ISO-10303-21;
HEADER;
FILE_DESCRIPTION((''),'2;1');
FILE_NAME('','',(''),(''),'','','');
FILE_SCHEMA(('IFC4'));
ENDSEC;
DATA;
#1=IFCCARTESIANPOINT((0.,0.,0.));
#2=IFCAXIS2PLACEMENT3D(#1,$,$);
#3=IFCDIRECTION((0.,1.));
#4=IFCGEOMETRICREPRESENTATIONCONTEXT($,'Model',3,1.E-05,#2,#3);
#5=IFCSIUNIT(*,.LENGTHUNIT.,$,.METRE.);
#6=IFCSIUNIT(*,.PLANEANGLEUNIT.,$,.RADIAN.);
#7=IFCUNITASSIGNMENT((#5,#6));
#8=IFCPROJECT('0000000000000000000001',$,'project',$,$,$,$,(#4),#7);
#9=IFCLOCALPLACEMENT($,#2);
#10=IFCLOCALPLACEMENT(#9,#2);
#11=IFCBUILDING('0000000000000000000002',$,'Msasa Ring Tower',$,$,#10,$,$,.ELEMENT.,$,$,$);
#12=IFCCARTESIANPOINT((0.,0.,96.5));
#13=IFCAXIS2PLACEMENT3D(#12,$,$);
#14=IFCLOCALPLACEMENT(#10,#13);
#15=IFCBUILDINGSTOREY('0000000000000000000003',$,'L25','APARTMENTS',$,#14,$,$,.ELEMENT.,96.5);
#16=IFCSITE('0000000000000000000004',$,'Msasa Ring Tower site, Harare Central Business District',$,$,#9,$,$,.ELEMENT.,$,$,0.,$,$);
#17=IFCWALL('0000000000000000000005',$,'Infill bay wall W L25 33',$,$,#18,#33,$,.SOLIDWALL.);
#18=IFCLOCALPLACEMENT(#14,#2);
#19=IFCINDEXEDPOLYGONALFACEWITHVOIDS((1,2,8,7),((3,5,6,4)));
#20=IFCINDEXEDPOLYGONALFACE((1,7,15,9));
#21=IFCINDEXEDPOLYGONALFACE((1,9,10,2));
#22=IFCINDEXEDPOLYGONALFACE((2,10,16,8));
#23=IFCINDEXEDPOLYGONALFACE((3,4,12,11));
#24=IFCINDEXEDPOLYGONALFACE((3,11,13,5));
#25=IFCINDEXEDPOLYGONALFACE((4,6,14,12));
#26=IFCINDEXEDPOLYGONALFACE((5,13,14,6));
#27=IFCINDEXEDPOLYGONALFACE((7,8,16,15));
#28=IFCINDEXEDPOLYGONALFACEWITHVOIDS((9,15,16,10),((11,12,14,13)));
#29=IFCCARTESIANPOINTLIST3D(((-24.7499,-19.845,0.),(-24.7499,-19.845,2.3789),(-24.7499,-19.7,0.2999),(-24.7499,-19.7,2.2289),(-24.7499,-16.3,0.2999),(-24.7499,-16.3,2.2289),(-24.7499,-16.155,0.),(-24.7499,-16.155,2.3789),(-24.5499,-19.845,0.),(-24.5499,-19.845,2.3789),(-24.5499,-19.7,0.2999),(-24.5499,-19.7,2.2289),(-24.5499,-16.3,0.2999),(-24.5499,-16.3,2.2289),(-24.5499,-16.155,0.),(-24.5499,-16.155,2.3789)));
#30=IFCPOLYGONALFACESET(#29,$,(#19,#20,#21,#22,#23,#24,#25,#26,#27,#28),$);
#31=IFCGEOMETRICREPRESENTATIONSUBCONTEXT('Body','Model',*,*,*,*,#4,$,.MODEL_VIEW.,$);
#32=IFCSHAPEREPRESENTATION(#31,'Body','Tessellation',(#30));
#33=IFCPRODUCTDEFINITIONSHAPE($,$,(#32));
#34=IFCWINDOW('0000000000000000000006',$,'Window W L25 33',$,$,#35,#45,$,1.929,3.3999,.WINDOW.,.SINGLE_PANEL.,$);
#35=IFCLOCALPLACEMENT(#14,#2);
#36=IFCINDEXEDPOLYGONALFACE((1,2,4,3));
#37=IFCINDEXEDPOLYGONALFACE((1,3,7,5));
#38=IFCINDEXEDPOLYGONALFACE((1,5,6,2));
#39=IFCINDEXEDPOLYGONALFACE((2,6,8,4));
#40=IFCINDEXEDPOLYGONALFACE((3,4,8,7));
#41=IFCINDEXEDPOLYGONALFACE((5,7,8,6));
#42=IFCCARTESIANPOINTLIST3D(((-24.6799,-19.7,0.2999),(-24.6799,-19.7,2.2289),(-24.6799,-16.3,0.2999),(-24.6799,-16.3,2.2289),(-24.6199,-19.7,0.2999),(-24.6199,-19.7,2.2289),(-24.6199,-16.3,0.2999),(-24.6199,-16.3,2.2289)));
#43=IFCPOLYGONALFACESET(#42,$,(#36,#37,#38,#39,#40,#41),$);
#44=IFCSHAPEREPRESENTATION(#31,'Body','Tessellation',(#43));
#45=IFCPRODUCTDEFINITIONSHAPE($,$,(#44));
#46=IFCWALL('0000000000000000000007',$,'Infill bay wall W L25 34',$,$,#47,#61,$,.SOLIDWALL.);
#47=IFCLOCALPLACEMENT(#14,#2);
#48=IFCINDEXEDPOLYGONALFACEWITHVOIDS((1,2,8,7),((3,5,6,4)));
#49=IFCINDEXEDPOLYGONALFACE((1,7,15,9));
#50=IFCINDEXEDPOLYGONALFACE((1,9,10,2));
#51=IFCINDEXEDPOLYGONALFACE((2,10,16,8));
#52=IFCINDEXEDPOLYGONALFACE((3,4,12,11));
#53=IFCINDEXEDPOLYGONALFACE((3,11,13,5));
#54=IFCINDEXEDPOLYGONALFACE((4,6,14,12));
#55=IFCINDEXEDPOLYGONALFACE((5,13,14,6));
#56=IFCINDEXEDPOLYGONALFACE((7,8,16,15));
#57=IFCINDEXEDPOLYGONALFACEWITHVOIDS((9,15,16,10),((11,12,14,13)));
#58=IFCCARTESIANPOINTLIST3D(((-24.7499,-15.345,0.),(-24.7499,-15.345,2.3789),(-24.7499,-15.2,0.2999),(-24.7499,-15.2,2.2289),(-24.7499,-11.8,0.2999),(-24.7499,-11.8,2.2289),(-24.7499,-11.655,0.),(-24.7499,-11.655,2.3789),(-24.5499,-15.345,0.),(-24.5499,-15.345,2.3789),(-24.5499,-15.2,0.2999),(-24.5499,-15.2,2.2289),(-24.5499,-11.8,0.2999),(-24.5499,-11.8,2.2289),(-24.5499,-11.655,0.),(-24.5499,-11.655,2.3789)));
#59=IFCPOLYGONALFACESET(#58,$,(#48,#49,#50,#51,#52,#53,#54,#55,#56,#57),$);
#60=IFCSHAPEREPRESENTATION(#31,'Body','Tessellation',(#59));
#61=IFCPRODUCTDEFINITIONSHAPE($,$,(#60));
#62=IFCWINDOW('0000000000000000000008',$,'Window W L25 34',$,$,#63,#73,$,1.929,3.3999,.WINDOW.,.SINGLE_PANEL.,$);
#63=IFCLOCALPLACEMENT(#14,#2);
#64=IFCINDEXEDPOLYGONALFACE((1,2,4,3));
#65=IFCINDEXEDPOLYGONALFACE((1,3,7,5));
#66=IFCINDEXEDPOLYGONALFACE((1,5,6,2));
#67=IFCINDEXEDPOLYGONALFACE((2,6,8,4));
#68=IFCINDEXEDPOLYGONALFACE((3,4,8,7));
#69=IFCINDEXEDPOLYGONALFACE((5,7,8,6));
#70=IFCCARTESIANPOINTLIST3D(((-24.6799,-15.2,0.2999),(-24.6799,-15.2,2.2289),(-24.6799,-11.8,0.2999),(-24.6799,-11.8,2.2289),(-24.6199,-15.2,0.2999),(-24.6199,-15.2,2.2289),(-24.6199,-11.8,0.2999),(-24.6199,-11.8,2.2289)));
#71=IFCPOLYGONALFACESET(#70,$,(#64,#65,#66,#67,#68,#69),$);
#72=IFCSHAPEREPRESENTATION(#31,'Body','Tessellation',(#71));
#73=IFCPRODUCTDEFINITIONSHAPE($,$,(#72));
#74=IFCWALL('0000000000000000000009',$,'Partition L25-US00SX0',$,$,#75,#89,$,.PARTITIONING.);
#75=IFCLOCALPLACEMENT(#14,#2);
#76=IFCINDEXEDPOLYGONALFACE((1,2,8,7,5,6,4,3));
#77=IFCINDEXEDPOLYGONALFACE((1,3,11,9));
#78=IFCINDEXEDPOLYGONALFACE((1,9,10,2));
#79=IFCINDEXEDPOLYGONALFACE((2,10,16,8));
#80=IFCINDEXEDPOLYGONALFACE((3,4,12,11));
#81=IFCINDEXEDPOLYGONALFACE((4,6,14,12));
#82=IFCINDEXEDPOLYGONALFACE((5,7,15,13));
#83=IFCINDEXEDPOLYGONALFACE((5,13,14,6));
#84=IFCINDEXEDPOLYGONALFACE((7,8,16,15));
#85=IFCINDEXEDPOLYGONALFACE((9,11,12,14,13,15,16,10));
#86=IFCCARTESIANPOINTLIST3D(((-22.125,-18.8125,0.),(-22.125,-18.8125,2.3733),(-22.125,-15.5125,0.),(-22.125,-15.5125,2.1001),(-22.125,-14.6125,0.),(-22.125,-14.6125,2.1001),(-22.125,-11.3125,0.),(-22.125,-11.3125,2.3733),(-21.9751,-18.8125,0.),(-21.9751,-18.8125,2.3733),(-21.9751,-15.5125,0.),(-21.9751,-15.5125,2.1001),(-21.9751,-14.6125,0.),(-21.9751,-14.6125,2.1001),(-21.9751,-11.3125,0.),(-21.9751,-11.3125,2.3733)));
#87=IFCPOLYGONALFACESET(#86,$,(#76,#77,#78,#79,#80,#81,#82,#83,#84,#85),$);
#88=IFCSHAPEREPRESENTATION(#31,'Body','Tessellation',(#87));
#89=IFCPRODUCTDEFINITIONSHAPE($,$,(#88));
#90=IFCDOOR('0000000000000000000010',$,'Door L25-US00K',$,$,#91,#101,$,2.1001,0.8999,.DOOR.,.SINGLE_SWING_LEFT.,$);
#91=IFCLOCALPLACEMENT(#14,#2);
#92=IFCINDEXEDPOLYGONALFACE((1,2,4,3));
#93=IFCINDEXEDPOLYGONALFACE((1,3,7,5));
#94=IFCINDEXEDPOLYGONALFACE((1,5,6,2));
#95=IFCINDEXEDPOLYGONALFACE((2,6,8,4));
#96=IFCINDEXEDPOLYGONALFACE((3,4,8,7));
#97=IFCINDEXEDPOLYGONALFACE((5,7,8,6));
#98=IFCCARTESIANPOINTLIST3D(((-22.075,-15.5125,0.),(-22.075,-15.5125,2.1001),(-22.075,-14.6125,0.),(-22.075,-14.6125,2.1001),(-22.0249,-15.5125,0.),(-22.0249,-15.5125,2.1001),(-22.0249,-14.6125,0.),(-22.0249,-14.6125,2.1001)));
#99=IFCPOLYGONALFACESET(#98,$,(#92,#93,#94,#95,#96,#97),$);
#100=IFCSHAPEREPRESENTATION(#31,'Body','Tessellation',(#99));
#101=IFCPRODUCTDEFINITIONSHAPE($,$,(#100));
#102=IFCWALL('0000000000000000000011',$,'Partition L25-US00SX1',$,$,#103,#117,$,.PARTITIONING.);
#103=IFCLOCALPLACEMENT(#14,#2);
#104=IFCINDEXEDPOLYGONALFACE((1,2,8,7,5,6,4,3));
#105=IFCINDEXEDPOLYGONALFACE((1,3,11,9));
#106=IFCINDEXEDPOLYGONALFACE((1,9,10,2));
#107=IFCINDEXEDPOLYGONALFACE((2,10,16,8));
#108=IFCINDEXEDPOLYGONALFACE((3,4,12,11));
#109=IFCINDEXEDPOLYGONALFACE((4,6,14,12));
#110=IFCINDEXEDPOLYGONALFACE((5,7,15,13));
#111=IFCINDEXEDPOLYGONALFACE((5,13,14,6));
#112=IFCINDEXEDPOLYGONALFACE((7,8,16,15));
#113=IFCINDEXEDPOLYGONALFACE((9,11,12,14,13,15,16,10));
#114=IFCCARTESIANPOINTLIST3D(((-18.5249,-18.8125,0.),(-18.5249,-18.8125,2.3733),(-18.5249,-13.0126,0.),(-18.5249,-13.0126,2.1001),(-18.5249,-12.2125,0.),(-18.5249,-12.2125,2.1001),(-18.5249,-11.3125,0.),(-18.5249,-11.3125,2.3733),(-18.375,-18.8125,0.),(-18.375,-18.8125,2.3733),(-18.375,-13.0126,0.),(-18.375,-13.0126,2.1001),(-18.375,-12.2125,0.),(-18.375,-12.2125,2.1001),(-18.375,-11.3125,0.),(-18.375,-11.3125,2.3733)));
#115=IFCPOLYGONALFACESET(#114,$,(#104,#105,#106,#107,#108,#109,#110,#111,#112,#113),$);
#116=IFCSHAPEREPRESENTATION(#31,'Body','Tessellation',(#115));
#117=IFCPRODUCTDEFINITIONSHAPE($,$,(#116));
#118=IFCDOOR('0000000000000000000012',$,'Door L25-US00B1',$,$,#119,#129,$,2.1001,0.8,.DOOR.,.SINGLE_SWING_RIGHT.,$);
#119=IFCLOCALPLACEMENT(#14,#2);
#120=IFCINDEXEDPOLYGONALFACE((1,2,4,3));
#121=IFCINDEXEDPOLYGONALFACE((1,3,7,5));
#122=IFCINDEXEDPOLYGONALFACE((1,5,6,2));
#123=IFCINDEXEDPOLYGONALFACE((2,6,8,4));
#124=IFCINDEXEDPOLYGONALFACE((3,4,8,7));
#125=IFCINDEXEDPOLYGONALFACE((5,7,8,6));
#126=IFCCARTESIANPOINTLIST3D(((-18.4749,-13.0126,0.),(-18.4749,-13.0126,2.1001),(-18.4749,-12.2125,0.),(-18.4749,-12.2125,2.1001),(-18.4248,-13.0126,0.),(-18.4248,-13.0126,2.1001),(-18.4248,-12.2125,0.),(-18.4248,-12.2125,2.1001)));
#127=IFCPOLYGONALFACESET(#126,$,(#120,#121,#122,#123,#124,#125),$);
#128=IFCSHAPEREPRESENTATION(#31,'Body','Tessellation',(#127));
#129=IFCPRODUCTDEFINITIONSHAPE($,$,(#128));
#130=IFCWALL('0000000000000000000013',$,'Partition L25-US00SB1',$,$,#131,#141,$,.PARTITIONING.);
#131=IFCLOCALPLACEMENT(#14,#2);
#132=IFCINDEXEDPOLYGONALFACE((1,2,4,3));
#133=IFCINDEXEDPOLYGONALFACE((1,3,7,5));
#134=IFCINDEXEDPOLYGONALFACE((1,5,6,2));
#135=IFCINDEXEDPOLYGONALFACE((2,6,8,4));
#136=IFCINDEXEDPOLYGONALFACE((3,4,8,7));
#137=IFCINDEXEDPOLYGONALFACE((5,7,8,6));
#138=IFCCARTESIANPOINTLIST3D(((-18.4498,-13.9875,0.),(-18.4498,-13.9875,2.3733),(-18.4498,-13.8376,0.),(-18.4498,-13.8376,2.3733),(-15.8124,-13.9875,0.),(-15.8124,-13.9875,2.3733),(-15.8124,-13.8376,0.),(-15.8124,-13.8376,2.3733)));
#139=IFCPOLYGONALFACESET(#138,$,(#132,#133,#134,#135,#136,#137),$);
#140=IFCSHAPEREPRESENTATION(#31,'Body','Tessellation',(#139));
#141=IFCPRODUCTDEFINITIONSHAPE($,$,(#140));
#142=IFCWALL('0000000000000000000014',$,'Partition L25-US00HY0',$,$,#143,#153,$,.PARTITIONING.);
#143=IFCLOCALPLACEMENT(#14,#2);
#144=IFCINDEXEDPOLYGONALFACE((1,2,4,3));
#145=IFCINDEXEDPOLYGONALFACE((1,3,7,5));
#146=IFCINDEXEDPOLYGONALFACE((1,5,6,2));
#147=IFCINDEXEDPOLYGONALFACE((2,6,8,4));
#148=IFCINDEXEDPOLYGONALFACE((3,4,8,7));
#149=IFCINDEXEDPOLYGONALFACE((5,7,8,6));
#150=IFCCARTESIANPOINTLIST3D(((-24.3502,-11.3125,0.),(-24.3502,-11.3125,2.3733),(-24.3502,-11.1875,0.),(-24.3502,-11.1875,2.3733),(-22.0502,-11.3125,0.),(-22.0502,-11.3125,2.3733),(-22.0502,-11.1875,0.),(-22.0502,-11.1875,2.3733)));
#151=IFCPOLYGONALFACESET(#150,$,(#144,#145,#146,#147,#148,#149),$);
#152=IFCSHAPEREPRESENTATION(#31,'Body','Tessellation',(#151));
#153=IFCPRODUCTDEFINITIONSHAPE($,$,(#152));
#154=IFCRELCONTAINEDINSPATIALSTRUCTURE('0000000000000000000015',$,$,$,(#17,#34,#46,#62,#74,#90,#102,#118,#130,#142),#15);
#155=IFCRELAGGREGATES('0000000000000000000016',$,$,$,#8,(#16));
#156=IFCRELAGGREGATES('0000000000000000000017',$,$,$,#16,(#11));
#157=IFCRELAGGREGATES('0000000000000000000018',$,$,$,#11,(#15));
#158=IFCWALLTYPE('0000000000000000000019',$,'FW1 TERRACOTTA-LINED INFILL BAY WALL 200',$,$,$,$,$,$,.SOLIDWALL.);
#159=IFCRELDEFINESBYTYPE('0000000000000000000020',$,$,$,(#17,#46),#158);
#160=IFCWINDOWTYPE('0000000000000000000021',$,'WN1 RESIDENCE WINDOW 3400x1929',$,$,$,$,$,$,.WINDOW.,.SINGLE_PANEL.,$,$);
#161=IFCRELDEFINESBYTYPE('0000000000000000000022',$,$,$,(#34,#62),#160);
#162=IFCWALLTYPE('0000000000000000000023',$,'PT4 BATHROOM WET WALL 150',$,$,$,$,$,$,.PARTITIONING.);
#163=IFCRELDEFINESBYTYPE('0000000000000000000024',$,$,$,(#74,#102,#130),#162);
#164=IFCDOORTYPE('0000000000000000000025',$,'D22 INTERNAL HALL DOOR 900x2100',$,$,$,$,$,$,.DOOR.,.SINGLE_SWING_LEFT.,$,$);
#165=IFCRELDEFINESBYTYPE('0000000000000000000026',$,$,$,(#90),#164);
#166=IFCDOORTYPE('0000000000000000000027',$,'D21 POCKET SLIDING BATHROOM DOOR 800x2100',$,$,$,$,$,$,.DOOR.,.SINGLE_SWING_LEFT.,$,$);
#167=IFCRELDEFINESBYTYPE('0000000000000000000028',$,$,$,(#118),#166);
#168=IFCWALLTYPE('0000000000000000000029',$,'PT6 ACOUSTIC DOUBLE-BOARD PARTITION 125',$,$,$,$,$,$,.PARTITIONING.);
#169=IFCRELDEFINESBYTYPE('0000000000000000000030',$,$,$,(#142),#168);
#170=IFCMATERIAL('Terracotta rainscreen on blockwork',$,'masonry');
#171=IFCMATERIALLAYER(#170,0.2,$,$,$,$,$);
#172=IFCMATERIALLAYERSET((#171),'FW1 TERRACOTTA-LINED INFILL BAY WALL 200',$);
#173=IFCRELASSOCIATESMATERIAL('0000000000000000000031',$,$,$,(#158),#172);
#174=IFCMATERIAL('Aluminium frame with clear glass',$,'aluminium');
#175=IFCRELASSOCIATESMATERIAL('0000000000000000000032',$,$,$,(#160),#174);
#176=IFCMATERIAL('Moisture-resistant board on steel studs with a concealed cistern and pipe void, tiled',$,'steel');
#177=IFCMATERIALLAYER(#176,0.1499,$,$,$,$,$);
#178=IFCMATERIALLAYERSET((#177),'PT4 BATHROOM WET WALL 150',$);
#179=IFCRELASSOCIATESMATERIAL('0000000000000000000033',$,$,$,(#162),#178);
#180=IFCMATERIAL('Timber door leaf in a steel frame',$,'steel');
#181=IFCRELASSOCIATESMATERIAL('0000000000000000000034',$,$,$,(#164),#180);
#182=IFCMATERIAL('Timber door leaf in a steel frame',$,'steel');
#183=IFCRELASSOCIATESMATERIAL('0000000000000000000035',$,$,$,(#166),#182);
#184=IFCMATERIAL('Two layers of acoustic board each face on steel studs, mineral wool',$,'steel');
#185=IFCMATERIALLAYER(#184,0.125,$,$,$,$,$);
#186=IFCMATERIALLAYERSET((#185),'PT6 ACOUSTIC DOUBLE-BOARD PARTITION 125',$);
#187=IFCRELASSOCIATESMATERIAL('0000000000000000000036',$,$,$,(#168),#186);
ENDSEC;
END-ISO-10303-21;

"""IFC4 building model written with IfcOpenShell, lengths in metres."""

from ifc_helpers import new_model, si_unit, direction, frame, frame_2d, origin, place, context, subcontext, project, spatial, rectangle, extrude, material, layer, layer_set, type_object, element, fill, save


model = new_model("IFC4")

# Units and contexts
model_context = context("Model", 3, precision=1e-05, world=origin(), true_north=direction((0.0, 1.0)))
body_context = subcontext(model_context, "Body", "Model", "MODEL_VIEW")
ifc_project = project(units=[si_unit("LENGTHUNIT", "METRE"), si_unit("PLANEANGLEUNIT", "RADIAN")], contexts=[model_context])

# Site, building, storey
site_placement = place(None, origin())
site = spatial("IfcSite", under=ifc_project, at=site_placement, Name="Msasa Ring Tower site, Harare Central Business District", CompositionType="ELEMENT", RefElevation=0.0)
building_placement = place(site_placement, origin())
building = spatial("IfcBuilding", under=site, at=building_placement, Name="Msasa Ring Tower", CompositionType="ELEMENT")
storey_placement = place(building_placement, frame((0.0, 0.0, 96.5)))
storey = spatial("IfcBuildingStorey", under=building, at=storey_placement, Name="L25", Description="APARTMENTS", CompositionType="ELEMENT", Elevation=96.5)

# Walls, openings, windows
ifc_material_1 = material(Name="Terracotta rainscreen on blockwork", Category="masonry")
ifc_layer_1 = layer(ifc_material_1, 0.2)
ifc_layer_set_1 = layer_set([ifc_layer_1], Name="FW1 TERRACOTTA-LINED INFILL BAY WALL 200")
wall_type_1 = type_object("IfcWallType", Name="FW1 TERRACOTTA-LINED INFILL BAY WALL 200", PredefinedType="SOLIDWALL", material=ifc_layer_set_1)
wall_1_placement = place(storey_placement, frame((-24.6499, -19.845, 0.0), z_axis=(0.0, 0.0, 1.0), x_axis=(0.0, 1.0, 0.0)))
wall_1 = element("IfcWall", 1, at=wall_1_placement, inside=storey, type_object=wall_type_1, Name="Infill bay wall W L25 33", PredefinedType="SOLIDWALL", context=body_context, shape_type="SweptSolid", body=[
    extrude(rectangle(XDim=3.6899, YDim=0.2, at=frame_2d((1.845, 0.0))), origin(), (0.0, 0.0, 1.0), 2.3789),
])
opening_1_placement = place(wall_1_placement, frame((0.145, 0.0, 0.3)))
opening_1 = element("IfcOpeningElement", 2, at=opening_1_placement, cuts=wall_1, PredefinedType="OPENING", context=body_context, shape_type="SweptSolid", body=[
    extrude(rectangle(XDim=3.3999, YDim=1.929, at=frame_2d((1.7, 0.9644))), frame((0.0, 0.1099, 0.0), z_axis=(0.0, -1.0, 0.0), x_axis=(1.0, 0.0, 0.0)), (0.0, 0.0, 1.0), 0.22),
])
ifc_material_2 = material(Name="Aluminium frame with clear glass", Category="aluminium")
window_type = type_object("IfcWindowType", Name="WN1 RESIDENCE WINDOW 3400x1929", PartitioningType="SINGLE_PANEL", PredefinedType="WINDOW", material=ifc_material_2)
window_1_placement = place(opening_1_placement, origin())
window_1 = element("IfcWindow", 3, at=window_1_placement, inside=storey, type_object=window_type, Name="Window W L25 33", OverallHeight=1.929, OverallWidth=3.3999, PartitioningType="SINGLE_PANEL", PredefinedType="WINDOW", context=body_context, shape_type="SweptSolid", body=[
    extrude(rectangle(XDim=3.3999, YDim=1.929, at=frame_2d((1.7, 0.9644))), frame((0.0, 0.03, 0.0), z_axis=(0.0, -1.0, 0.0), x_axis=(1.0, 0.0, 0.0)), (0.0, 0.0, 1.0), 0.0601),
])
fill(opening_1, window_1)
wall_2_placement = place(storey_placement, frame((-24.6499, -15.345, 0.0), z_axis=(0.0, 0.0, 1.0), x_axis=(0.0, 1.0, 0.0)))
wall_2 = element("IfcWall", 4, at=wall_2_placement, inside=storey, type_object=wall_type_1, Name="Infill bay wall W L25 34", PredefinedType="SOLIDWALL", context=body_context, shape_type="SweptSolid", body=[
    extrude(rectangle(XDim=3.6899, YDim=0.2, at=frame_2d((1.845, 0.0))), origin(), (0.0, 0.0, 1.0), 2.3789),
])
opening_2_placement = place(wall_2_placement, frame((0.145, 0.0, 0.3)))
opening_2 = element("IfcOpeningElement", 5, at=opening_2_placement, cuts=wall_2, PredefinedType="OPENING", context=body_context, shape_type="SweptSolid", body=[
    extrude(rectangle(XDim=3.3999, YDim=1.929, at=frame_2d((1.7, 0.9644))), frame((0.0, 0.1099, 0.0), z_axis=(0.0, -1.0, 0.0), x_axis=(1.0, 0.0, 0.0)), (0.0, 0.0, 1.0), 0.22),
])
window_2_placement = place(opening_2_placement, origin())
window_2 = element("IfcWindow", 6, at=window_2_placement, inside=storey, type_object=window_type, Name="Window W L25 34", OverallHeight=1.929, OverallWidth=3.3999, PartitioningType="SINGLE_PANEL", PredefinedType="WINDOW", context=body_context, shape_type="SweptSolid", body=[
    extrude(rectangle(XDim=3.3999, YDim=1.929, at=frame_2d((1.7, 0.9644))), frame((0.0, 0.03, 0.0), z_axis=(0.0, -1.0, 0.0), x_axis=(1.0, 0.0, 0.0)), (0.0, 0.0, 1.0), 0.0601),
])
fill(opening_2, window_2)

# Walls, openings, doors
ifc_material_3 = material(Name="Moisture-resistant board on steel studs with a concealed cistern and pipe void, tiled", Category="steel")
ifc_layer_2 = layer(ifc_material_3, 0.1499)
ifc_layer_set_2 = layer_set([ifc_layer_2], Name="PT4 BATHROOM WET WALL 150")
wall_type_2 = type_object("IfcWallType", Name="PT4 BATHROOM WET WALL 150", PredefinedType="PARTITIONING", material=ifc_layer_set_2)
wall_3_placement = place(storey_placement, frame((-22.05, -18.8125, 0.0), z_axis=(0.0, 0.0, 1.0), x_axis=(0.0, 1.0, 0.0)))
wall_3 = element("IfcWall", 7, at=wall_3_placement, inside=storey, type_object=wall_type_2, Name="Partition L25-US00SX0", PredefinedType="PARTITIONING", context=body_context, shape_type="SweptSolid", body=[
    extrude(rectangle(XDim=7.5, YDim=0.1499, at=frame_2d((3.75, 0.0))), origin(), (0.0, 0.0, 1.0), 2.3733),
])
opening_3_placement = place(wall_3_placement, frame((3.3, 0.0, 0.0)))
opening_3 = element("IfcOpeningElement", 8, at=opening_3_placement, cuts=wall_3, PredefinedType="OPENING", context=body_context, shape_type="SweptSolid", body=[
    extrude(rectangle(XDim=0.8999, YDim=2.1001, at=frame_2d((0.45, 1.05))), frame((0.0, 0.085, 0.0), z_axis=(0.0, -1.0, 0.0), x_axis=(1.0, 0.0, 0.0)), (0.0, 0.0, 1.0), 0.1699),
])
ifc_material_4 = material(Name="Timber door leaf in a steel frame", Category="steel")
door_type_1 = type_object("IfcDoorType", Name="D22 INTERNAL HALL DOOR 900x2100", OperationType="SINGLE_SWING_LEFT", PredefinedType="DOOR", material=ifc_material_4)
door_1_placement = place(opening_3_placement, origin())
door_1 = element("IfcDoor", 9, at=door_1_placement, inside=storey, type_object=door_type_1, Name="Door L25-US00K", OperationType="SINGLE_SWING_LEFT", OverallHeight=2.1001, OverallWidth=0.8999, PredefinedType="DOOR", context=body_context, shape_type="SweptSolid", body=[
    extrude(rectangle(XDim=0.8999, YDim=2.1001, at=frame_2d((0.45, 1.05))), frame((0.0, 0.0249, 0.0), z_axis=(0.0, -1.0, 0.0), x_axis=(1.0, 0.0, 0.0)), (0.0, 0.0, 1.0), 0.05),
])
fill(opening_3, door_1)
wall_4_placement = place(storey_placement, frame((-18.45, -18.8125, 0.0), z_axis=(0.0, 0.0, 1.0), x_axis=(0.0, 1.0, 0.0)))
wall_4 = element("IfcWall", 10, at=wall_4_placement, inside=storey, type_object=wall_type_2, Name="Partition L25-US00SX1", PredefinedType="PARTITIONING", context=body_context, shape_type="SweptSolid", body=[
    extrude(rectangle(XDim=7.5, YDim=0.1499, at=frame_2d((3.75, 0.0))), origin(), (0.0, 0.0, 1.0), 2.3733),
])
opening_4_placement = place(wall_4_placement, frame((5.8, 0.0, 0.0)))
opening_4 = element("IfcOpeningElement", 11, at=opening_4_placement, cuts=wall_4, PredefinedType="OPENING", context=body_context, shape_type="SweptSolid", body=[
    extrude(rectangle(XDim=0.8, YDim=2.1001, at=frame_2d((0.3999, 1.05))), frame((0.0, 0.085, 0.0), z_axis=(0.0, -1.0, 0.0), x_axis=(1.0, 0.0, 0.0)), (0.0, 0.0, 1.0), 0.1699),
])
ifc_material_5 = material(Name="Timber door leaf in a steel frame", Category="steel")
door_type_2 = type_object("IfcDoorType", Name="D21 POCKET SLIDING BATHROOM DOOR 800x2100", OperationType="SINGLE_SWING_LEFT", PredefinedType="DOOR", material=ifc_material_5)
door_2_placement = place(opening_4_placement, origin())
door_2 = element("IfcDoor", 12, at=door_2_placement, inside=storey, type_object=door_type_2, Name="Door L25-US00B1", OperationType="SINGLE_SWING_RIGHT", OverallHeight=2.1001, OverallWidth=0.8, PredefinedType="DOOR", context=body_context, shape_type="SweptSolid", body=[
    extrude(rectangle(XDim=0.8, YDim=2.1001, at=frame_2d((0.3999, 1.05))), frame((0.0, 0.0249, 0.0), z_axis=(0.0, -1.0, 0.0), x_axis=(1.0, 0.0, 0.0)), (0.0, 0.0, 1.0), 0.05),
])
fill(opening_4, door_2)

# Walls
wall_5_placement = place(storey_placement, frame((-18.45, -13.9126, 0.0), z_axis=(0.0, 0.0, 1.0), x_axis=(1.0, 0.0, 0.0)))
element("IfcWall", 13, at=wall_5_placement, inside=storey, type_object=wall_type_2, Name="Partition L25-US00SB1", PredefinedType="PARTITIONING", context=body_context, shape_type="SweptSolid", body=[
    extrude(rectangle(XDim=2.6375, YDim=0.1499, at=frame_2d((1.3188, 0.0))), origin(), (0.0, 0.0, 1.0), 2.3733),
])
ifc_material_6 = material(Name="Two layers of acoustic board each face on steel studs, mineral wool", Category="steel")
ifc_layer_3 = layer(ifc_material_6, 0.125)
ifc_layer_set_3 = layer_set([ifc_layer_3], Name="PT6 ACOUSTIC DOUBLE-BOARD PARTITION 125")
wall_type_3 = type_object("IfcWallType", Name="PT6 ACOUSTIC DOUBLE-BOARD PARTITION 125", PredefinedType="PARTITIONING", material=ifc_layer_set_3)
wall_6_placement = place(storey_placement, frame((-24.3501, -11.25, 0.0), z_axis=(0.0, 0.0, 1.0), x_axis=(1.0, 0.0, 0.0)))
element("IfcWall", 14, at=wall_6_placement, inside=storey, type_object=wall_type_3, Name="Partition L25-US00HY0", PredefinedType="PARTITIONING", context=body_context, shape_type="SweptSolid", body=[
    extrude(rectangle(XDim=2.3, YDim=0.125, at=frame_2d((1.1499, 0.0))), origin(), (0.0, 0.0, 1.0), 2.3733),
])

save(model, "model.ifc")
